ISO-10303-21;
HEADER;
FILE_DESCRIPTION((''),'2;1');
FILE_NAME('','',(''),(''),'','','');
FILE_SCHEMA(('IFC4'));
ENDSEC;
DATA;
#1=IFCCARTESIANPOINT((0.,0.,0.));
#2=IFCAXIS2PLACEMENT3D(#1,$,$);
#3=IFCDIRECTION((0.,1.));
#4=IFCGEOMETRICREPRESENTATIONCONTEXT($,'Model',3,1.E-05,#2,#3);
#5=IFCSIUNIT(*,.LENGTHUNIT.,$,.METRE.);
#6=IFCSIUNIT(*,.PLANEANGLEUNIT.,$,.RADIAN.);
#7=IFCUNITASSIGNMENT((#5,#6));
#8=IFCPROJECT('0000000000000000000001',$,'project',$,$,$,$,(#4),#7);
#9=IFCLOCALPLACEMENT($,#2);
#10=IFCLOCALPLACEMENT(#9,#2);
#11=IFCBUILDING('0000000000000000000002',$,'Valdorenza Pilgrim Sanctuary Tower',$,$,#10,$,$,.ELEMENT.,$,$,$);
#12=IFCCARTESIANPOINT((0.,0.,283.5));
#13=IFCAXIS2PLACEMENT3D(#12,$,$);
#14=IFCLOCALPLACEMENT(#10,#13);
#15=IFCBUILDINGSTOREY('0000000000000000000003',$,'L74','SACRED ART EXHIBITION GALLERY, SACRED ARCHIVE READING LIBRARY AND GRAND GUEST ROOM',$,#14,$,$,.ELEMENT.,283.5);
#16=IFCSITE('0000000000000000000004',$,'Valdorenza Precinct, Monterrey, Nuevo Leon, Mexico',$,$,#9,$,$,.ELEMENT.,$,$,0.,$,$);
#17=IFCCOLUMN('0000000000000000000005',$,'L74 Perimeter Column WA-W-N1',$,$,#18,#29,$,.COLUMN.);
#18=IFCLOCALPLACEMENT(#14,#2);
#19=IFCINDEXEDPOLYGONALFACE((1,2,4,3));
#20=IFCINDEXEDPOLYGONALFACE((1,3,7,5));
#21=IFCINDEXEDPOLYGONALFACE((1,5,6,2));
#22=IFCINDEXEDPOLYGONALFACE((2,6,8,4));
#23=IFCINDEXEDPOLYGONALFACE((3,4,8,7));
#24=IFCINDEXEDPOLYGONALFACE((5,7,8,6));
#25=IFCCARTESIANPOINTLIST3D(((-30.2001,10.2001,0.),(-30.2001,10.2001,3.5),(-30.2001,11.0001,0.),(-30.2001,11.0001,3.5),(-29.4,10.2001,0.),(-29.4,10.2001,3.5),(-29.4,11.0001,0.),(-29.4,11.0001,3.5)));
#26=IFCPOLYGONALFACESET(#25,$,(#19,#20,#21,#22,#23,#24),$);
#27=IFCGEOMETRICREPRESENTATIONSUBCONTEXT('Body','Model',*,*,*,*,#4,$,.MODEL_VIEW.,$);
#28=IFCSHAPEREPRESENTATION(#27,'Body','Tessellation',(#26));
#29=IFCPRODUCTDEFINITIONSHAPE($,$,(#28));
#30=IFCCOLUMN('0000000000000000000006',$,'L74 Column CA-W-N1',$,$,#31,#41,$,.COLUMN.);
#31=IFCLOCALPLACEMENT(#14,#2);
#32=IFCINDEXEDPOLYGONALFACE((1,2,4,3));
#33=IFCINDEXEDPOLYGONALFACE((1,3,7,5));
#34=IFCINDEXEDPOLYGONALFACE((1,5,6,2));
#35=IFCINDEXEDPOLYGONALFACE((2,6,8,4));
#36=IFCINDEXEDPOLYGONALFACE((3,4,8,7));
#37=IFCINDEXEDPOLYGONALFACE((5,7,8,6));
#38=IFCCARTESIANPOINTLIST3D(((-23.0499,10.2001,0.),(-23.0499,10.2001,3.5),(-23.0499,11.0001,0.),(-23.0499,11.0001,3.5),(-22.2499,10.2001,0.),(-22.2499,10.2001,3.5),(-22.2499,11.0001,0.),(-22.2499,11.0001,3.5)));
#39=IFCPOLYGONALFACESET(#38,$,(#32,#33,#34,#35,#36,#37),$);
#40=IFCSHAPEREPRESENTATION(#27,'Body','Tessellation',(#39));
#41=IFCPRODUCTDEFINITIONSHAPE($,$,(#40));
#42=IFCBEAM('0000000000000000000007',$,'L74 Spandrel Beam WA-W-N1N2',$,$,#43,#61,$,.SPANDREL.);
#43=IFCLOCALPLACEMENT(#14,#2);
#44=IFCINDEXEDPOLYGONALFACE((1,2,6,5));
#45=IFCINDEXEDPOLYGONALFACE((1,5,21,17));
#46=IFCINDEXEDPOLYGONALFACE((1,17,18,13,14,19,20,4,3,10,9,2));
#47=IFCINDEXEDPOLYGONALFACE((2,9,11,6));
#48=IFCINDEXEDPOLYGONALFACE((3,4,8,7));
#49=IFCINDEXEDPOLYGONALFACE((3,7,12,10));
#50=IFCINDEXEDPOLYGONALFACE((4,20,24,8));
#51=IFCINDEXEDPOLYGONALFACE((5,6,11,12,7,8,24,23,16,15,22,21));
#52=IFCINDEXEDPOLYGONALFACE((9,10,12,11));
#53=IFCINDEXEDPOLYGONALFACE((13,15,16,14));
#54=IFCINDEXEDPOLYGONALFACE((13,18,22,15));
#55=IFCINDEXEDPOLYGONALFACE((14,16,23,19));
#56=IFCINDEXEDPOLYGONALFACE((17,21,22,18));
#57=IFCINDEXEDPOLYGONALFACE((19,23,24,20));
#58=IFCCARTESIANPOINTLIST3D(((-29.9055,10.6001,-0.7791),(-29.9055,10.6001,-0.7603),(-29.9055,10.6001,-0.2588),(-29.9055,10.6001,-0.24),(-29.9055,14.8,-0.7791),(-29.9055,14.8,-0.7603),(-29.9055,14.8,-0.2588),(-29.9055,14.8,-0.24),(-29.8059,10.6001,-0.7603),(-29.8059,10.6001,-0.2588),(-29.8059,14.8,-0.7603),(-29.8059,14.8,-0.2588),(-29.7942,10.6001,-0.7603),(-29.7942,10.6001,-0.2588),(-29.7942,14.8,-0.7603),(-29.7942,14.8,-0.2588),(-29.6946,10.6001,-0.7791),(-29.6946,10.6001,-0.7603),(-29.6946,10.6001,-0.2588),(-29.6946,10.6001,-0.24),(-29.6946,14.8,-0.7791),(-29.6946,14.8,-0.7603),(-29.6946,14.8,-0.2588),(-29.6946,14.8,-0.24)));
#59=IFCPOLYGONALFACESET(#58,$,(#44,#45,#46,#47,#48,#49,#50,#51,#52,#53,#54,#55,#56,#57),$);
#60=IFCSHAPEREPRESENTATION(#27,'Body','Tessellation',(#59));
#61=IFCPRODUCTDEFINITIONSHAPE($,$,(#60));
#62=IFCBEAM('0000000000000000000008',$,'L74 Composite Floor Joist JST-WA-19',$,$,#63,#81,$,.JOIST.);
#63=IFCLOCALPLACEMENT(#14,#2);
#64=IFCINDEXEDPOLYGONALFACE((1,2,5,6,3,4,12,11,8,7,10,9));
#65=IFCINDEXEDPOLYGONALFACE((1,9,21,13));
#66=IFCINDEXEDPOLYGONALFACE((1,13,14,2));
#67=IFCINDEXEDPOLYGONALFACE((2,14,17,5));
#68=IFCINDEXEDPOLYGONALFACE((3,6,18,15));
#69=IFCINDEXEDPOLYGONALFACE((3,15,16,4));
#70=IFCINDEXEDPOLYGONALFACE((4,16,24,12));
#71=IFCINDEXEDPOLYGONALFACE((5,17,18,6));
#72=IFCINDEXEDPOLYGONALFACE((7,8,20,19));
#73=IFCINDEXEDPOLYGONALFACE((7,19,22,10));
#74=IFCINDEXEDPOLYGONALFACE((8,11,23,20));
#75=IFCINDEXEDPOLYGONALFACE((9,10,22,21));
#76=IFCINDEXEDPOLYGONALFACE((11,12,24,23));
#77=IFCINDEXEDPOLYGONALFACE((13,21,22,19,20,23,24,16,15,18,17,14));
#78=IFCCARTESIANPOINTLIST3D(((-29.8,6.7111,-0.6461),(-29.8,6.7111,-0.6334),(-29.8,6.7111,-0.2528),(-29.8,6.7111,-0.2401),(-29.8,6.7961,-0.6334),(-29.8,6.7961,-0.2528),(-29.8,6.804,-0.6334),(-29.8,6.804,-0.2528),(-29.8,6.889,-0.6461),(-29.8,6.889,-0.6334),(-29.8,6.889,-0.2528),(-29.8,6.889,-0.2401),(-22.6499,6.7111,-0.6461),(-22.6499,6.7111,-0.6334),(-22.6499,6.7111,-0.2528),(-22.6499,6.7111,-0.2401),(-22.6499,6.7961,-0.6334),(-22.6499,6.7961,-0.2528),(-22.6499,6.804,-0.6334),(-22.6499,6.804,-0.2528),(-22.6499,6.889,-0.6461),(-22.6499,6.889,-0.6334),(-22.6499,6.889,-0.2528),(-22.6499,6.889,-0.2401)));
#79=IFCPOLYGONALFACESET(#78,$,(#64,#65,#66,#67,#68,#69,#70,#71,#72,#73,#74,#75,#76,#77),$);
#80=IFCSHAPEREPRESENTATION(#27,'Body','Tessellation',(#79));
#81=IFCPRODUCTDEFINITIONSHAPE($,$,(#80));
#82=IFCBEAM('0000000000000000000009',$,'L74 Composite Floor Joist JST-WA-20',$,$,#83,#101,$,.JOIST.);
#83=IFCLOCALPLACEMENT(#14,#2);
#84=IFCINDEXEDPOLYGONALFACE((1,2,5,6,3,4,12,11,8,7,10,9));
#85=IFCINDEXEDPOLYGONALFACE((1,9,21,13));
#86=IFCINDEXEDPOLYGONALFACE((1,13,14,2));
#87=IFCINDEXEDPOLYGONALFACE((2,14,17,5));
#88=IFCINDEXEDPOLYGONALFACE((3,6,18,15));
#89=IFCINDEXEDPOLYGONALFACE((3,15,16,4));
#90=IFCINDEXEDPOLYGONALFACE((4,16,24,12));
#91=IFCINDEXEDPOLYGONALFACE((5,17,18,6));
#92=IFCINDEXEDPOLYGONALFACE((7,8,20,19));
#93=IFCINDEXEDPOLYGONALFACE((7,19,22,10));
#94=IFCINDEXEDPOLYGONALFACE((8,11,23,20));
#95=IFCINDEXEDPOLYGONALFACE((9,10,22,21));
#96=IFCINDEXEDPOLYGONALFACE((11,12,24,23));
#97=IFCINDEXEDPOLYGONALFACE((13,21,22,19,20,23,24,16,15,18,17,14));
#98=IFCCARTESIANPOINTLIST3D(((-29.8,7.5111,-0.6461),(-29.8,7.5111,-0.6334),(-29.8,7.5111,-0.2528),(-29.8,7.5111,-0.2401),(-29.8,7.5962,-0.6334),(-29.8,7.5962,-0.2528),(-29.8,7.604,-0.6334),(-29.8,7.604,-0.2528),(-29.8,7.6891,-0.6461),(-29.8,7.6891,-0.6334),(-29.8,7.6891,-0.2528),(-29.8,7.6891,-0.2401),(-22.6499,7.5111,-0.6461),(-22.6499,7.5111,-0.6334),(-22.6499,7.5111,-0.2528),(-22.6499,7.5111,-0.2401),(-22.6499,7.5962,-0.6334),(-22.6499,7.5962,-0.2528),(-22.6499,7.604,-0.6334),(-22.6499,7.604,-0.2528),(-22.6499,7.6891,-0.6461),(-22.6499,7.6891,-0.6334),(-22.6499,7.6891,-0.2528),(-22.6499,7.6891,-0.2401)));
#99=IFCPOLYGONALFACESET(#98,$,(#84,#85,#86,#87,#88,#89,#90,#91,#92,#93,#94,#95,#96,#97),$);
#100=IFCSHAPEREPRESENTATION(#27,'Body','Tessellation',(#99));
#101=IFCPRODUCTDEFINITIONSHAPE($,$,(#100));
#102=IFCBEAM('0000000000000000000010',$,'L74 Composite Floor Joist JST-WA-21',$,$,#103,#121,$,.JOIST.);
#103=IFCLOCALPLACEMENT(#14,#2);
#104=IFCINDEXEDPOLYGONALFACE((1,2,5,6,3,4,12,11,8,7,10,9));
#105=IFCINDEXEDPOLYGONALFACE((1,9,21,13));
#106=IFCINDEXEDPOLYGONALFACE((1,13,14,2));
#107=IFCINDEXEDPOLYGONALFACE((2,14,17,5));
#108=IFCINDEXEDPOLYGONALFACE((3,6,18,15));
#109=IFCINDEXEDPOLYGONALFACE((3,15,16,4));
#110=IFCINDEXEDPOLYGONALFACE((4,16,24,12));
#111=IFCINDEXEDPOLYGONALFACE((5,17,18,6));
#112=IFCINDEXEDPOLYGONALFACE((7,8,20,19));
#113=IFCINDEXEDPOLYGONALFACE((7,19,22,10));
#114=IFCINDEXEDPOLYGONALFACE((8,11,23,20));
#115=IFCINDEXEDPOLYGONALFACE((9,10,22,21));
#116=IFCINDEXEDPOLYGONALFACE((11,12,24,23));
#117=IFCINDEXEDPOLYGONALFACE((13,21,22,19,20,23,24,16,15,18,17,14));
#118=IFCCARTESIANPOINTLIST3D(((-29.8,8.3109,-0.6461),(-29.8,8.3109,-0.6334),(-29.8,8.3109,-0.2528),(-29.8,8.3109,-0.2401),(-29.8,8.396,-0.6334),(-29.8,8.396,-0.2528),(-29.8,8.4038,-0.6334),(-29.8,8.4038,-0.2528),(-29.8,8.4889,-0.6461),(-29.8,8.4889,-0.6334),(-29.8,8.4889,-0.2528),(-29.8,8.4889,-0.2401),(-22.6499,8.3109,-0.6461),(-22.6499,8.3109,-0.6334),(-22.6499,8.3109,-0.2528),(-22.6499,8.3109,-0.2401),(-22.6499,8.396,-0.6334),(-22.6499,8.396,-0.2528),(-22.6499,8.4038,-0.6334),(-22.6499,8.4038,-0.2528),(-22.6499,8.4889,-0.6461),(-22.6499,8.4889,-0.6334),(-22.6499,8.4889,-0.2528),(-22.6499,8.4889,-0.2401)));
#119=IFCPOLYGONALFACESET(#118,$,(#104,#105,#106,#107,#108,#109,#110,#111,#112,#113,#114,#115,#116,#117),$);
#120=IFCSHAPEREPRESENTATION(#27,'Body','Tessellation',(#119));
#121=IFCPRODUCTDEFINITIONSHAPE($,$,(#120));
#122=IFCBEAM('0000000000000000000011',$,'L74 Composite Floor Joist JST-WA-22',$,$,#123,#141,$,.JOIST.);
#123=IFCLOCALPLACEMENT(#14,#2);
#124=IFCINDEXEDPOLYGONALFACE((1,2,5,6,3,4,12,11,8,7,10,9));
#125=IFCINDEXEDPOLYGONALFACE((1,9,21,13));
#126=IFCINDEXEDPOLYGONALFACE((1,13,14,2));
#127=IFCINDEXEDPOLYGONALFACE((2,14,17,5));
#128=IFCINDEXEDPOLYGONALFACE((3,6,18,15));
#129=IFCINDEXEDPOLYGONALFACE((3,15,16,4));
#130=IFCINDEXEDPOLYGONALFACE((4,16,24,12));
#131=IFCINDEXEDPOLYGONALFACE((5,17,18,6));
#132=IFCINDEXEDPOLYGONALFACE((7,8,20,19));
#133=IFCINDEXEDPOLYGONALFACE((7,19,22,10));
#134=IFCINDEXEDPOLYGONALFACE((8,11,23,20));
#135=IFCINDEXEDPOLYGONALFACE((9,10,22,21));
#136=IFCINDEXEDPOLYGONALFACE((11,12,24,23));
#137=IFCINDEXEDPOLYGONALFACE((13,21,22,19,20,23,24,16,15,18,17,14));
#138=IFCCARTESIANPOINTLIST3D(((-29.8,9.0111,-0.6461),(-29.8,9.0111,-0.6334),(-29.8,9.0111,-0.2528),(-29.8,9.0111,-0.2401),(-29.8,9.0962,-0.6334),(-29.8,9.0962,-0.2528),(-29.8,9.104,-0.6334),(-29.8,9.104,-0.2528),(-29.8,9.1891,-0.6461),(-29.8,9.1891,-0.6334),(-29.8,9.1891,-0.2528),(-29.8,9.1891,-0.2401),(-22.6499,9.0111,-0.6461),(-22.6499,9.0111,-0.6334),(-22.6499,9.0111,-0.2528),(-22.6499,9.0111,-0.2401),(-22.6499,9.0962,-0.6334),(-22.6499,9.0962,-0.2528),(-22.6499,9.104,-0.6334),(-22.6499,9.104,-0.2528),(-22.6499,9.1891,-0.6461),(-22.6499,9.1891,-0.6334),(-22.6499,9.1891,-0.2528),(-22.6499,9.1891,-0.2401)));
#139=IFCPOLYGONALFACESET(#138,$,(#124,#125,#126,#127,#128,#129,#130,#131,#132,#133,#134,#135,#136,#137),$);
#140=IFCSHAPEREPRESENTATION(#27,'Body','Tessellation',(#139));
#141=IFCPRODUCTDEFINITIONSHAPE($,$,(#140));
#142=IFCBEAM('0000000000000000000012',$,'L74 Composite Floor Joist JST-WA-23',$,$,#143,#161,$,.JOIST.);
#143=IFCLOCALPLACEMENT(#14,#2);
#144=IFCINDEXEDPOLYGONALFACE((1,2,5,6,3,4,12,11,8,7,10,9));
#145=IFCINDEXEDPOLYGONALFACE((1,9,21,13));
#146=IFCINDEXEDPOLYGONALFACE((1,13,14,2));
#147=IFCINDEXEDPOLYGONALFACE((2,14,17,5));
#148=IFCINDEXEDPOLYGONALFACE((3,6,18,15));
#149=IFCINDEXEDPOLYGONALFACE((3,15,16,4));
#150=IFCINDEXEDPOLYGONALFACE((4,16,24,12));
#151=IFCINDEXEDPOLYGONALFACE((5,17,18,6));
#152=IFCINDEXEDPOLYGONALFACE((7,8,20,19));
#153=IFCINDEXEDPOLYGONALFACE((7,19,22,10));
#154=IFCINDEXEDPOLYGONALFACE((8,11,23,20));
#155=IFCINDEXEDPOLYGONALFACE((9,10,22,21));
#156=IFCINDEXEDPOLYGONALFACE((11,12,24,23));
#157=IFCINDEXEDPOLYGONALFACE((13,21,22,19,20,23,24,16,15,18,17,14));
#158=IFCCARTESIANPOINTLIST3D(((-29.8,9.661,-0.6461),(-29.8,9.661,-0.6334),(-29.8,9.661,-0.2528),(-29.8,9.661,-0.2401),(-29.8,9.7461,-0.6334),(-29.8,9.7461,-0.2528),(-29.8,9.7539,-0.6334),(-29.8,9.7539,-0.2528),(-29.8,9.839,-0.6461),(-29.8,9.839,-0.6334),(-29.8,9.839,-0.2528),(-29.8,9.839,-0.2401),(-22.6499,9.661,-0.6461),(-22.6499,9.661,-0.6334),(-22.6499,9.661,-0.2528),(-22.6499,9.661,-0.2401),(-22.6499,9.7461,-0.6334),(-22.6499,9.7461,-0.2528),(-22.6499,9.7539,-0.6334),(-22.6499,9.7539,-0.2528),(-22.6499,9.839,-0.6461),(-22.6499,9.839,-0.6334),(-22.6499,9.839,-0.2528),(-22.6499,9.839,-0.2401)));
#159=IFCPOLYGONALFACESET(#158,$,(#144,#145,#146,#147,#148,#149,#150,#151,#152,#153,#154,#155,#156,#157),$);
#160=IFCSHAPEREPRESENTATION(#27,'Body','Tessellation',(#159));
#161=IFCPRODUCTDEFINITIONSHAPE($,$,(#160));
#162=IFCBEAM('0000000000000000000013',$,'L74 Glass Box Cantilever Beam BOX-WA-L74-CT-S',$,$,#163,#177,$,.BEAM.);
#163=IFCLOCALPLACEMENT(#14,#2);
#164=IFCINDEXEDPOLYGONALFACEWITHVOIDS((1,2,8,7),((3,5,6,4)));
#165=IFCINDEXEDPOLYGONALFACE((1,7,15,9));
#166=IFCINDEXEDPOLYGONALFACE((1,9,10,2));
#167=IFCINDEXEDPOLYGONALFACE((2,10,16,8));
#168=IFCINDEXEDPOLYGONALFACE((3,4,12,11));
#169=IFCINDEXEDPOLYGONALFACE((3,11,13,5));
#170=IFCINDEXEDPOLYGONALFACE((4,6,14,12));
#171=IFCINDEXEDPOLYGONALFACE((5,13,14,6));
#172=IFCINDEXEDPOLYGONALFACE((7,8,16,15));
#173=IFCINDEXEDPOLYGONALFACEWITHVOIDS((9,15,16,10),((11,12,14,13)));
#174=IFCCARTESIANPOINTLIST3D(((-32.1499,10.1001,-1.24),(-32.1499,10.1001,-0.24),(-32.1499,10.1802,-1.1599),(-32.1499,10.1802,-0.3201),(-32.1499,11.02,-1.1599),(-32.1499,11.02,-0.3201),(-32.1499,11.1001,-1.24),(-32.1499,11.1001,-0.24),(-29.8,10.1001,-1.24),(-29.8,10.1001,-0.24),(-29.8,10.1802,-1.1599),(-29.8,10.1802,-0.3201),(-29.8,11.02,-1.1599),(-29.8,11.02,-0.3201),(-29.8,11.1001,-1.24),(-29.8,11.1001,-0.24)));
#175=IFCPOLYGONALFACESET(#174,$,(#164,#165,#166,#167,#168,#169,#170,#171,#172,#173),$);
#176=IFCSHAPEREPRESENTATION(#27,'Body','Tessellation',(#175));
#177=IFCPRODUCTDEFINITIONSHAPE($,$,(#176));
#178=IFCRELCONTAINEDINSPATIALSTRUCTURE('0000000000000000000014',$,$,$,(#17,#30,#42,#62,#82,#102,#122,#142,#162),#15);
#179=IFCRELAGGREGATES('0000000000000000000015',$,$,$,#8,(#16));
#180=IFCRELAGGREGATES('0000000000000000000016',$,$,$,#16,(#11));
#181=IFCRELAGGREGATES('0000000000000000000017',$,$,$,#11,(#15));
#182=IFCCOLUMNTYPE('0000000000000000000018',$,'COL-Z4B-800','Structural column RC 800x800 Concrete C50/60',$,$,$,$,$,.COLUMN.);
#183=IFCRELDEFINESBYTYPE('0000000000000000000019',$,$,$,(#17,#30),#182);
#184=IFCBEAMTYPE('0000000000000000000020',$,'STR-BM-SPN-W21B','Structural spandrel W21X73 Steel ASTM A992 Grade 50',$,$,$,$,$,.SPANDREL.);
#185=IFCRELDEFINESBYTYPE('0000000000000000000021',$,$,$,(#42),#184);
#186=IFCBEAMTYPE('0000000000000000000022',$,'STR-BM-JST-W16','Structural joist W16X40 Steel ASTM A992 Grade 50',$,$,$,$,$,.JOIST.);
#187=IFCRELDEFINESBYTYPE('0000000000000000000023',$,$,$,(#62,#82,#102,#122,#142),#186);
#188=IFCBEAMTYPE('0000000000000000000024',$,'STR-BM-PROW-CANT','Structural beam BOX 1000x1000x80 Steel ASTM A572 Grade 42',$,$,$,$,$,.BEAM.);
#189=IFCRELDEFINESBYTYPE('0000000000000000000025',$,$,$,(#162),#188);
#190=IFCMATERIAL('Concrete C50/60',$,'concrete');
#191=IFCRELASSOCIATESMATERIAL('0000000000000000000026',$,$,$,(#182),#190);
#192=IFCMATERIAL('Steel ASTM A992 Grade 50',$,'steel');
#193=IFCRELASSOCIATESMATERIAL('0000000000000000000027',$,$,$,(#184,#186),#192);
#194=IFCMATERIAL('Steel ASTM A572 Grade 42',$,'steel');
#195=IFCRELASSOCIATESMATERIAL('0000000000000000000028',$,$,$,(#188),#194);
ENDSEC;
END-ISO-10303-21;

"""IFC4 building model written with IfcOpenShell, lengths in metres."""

from ifc_helpers import new_model, si_unit, direction, frame, origin, origin_2d, place, context, subcontext, project, spatial, rectangle, hollow_rectangle, i_section, extrude, source, transform, mapped, material, material_profile, profile_set, type_object, element, save


model = new_model("IFC4")

# Units and contexts
model_context = context("Model", 3, precision=1e-05, world=origin(), true_north=direction((0.0, 1.0)))
body_context = subcontext(model_context, "Body", "Model", "MODEL_VIEW")
ifc_project = project(units=[si_unit("LENGTHUNIT", "METRE"), si_unit("PLANEANGLEUNIT", "RADIAN")], contexts=[model_context])

# Site, building, storey
site_placement = place(None, origin())
site = spatial("IfcSite", under=ifc_project, at=site_placement, Name="Valdorenza Precinct, Monterrey, Nuevo Leon, Mexico", CompositionType="ELEMENT", RefElevation=0.0)
building_placement = place(site_placement, origin())
building = spatial("IfcBuilding", under=site, at=building_placement, Name="Valdorenza Pilgrim Sanctuary Tower", CompositionType="ELEMENT")
storey_placement = place(building_placement, frame((0.0, 0.0, 283.5)))
storey = spatial("IfcBuildingStorey", under=building, at=storey_placement, Name="L74", Description="SACRED ART EXHIBITION GALLERY, SACRED ARCHIVE READING LIBRARY AND GRAND GUEST ROOM", CompositionType="ELEMENT", Elevation=283.5)

# Columns
ifc_material_1 = material(Name="Concrete C50/60", Category="concrete")
ifc_material_profile_1 = material_profile(ifc_material_1, rectangle(XDim=0.8, YDim=0.8, at=origin_2d()), Name="RC 800x800")
ifc_profile_set_1 = profile_set([ifc_material_profile_1], Name="Concrete C50/60")
column_type = type_object("IfcColumnType", Name="COL-Z4B-800", Description="Structural column RC 800x800 Concrete C50/60", PredefinedType="COLUMN", material=ifc_profile_set_1)
shared_shape_1 = source(origin(), body_context, "Body", "SweptSolid", [
    extrude(rectangle(XDim=0.8, YDim=0.8, at=origin_2d()), origin(), (0.0, 0.0, 1.0), 3.5),
])
for number, where, z_axis, x_axis, name in (
    (1, (-29.8, 10.6001, 0.0), (0.0, 0.0, 1.0), (1.0, 0.0, 0.0), "L74 Perimeter Column WA-W-N1"),
    (2, (-22.6499, 10.6001, 0.0), (0.0, 0.0, 1.0), (1.0, 0.0, 0.0), "L74 Column CA-W-N1"),
):
    element("IfcColumn", number, at=place(storey_placement, frame(where, z_axis=z_axis, x_axis=x_axis)), inside=storey, type_object=column_type, Name=name, PredefinedType="COLUMN", context=body_context, shape_type="MappedRepresentation", body=[
        mapped(shared_shape_1, transform((0.0, 0.0, 0.0), x_axis=(1.0, 0.0, 0.0), y_axis=(0.0, 1.0, 0.0), z_axis=(0.0, 0.0, 1.0), scale=1.0)),
    ])

# Beams
ifc_material_2 = material(Name="Steel ASTM A992 Grade 50", Category="steel")
ifc_material_profile_2 = material_profile(ifc_material_2, i_section(OverallWidth=0.2109, OverallDepth=0.5391, WebThickness=0.0117, FlangeThickness=0.0188, at=origin_2d()), Name="W21X73")
ifc_profile_set_2 = profile_set([ifc_material_profile_2], Name="Steel ASTM A992 Grade 50")
beam_type_1 = type_object("IfcBeamType", Name="STR-BM-SPN-W21B", Description="Structural spandrel W21X73 Steel ASTM A992 Grade 50", PredefinedType="SPANDREL", material=ifc_profile_set_2)
shared_shape_2 = source(origin(), body_context, "Body", "SweptSolid", [
    extrude(i_section(OverallWidth=0.2109, OverallDepth=0.5391, WebThickness=0.0117, FlangeThickness=0.0188, at=origin_2d()), origin(), (0.0, 0.0, 1.0), 4.2),
])
beam_1_placement = place(storey_placement, frame((-29.8, 10.6001, -0.5095), z_axis=(0.0, 1.0, 0.0), x_axis=(-1.0, 0.0, 0.0)))
element("IfcBeam", 3, at=beam_1_placement, inside=storey, type_object=beam_type_1, Name="L74 Spandrel Beam WA-W-N1N2", PredefinedType="SPANDREL", context=body_context, shape_type="MappedRepresentation", body=[
    mapped(shared_shape_2, transform((0.0, 0.0, 0.0), x_axis=(1.0, 0.0, 0.0), y_axis=(0.0, 1.0, 0.0), z_axis=(0.0, 0.0, 1.0), scale=1.0)),
])
ifc_material_profile_3 = material_profile(ifc_material_2, i_section(OverallWidth=0.178, OverallDepth=0.406, WebThickness=0.0078, FlangeThickness=0.0127, at=origin_2d()), Name="W16X40")
ifc_profile_set_3 = profile_set([ifc_material_profile_3], Name="Steel ASTM A992 Grade 50")
beam_type_2 = type_object("IfcBeamType", Name="STR-BM-JST-W16", Description="Structural joist W16X40 Steel ASTM A992 Grade 50", PredefinedType="JOIST", material=ifc_profile_set_3)
shared_shape_3 = source(origin(), body_context, "Body", "SweptSolid", [
    extrude(i_section(OverallWidth=0.178, OverallDepth=0.406, WebThickness=0.0078, FlangeThickness=0.0127, at=origin_2d()), origin(), (0.0, 0.0, 1.0), 7.1501),
])
for number, where, z_axis, x_axis, name in (
    (4, (-29.8, 6.8, -0.4431), (1.0, 0.0, 0.0), (0.0, 1.0, 0.0), "L74 Composite Floor Joist JST-WA-19"),
    (5, (-29.8, 7.6001, -0.4431), (1.0, 0.0, 0.0), (0.0, 1.0, 0.0), "L74 Composite Floor Joist JST-WA-20"),
    (6, (-29.8, 8.3999, -0.4431), (1.0, 0.0, 0.0), (0.0, 1.0, 0.0), "L74 Composite Floor Joist JST-WA-21"),
    (7, (-29.8, 9.1001, -0.4431), (1.0, 0.0, 0.0), (0.0, 1.0, 0.0), "L74 Composite Floor Joist JST-WA-22"),
    (8, (-29.8, 9.75, -0.4431), (1.0, 0.0, 0.0), (0.0, 1.0, 0.0), "L74 Composite Floor Joist JST-WA-23"),
):
    element("IfcBeam", number, at=place(storey_placement, frame(where, z_axis=z_axis, x_axis=x_axis)), inside=storey, type_object=beam_type_2, Name=name, PredefinedType="JOIST", context=body_context, shape_type="MappedRepresentation", body=[
        mapped(shared_shape_3, transform((0.0, 0.0, 0.0), x_axis=(1.0, 0.0, 0.0), y_axis=(0.0, 1.0, 0.0), z_axis=(0.0, 0.0, 1.0), scale=1.0)),
    ])
ifc_material_3 = material(Name="Steel ASTM A572 Grade 42", Category="steel")
ifc_material_profile_4 = material_profile(ifc_material_3, hollow_rectangle(XDim=1.0, YDim=1.0, WallThickness=0.0801, at=origin_2d()), Name="BOX 1000x1000x80")
ifc_profile_set_4 = profile_set([ifc_material_profile_4], Name="Steel ASTM A572 Grade 42")
beam_type_3 = type_object("IfcBeamType", Name="STR-BM-PROW-CANT", Description="Structural beam BOX 1000x1000x80 Steel ASTM A572 Grade 42", PredefinedType="BEAM", material=ifc_profile_set_4)
shared_shape_4 = source(origin(), body_context, "Body", "SweptSolid", [
    extrude(hollow_rectangle(XDim=1.0, YDim=1.0, WallThickness=0.0801, at=origin_2d()), origin(), (0.0, 0.0, 1.0), 2.3499),
])
beam_2_placement = place(storey_placement, frame((-29.8, 10.6001, -0.74), z_axis=(-1.0, 0.0, 0.0), x_axis=(0.0, -1.0, 0.0)))
element("IfcBeam", 9, at=beam_2_placement, inside=storey, type_object=beam_type_3, Name="L74 Glass Box Cantilever Beam BOX-WA-L74-CT-S", PredefinedType="BEAM", context=body_context, shape_type="MappedRepresentation", body=[
    mapped(shared_shape_4, transform((0.0, 0.0, 0.0), x_axis=(1.0, 0.0, 0.0), y_axis=(0.0, 1.0, 0.0), z_axis=(0.0, 0.0, 1.0), scale=1.0)),
])

save(model, "model.ifc")
